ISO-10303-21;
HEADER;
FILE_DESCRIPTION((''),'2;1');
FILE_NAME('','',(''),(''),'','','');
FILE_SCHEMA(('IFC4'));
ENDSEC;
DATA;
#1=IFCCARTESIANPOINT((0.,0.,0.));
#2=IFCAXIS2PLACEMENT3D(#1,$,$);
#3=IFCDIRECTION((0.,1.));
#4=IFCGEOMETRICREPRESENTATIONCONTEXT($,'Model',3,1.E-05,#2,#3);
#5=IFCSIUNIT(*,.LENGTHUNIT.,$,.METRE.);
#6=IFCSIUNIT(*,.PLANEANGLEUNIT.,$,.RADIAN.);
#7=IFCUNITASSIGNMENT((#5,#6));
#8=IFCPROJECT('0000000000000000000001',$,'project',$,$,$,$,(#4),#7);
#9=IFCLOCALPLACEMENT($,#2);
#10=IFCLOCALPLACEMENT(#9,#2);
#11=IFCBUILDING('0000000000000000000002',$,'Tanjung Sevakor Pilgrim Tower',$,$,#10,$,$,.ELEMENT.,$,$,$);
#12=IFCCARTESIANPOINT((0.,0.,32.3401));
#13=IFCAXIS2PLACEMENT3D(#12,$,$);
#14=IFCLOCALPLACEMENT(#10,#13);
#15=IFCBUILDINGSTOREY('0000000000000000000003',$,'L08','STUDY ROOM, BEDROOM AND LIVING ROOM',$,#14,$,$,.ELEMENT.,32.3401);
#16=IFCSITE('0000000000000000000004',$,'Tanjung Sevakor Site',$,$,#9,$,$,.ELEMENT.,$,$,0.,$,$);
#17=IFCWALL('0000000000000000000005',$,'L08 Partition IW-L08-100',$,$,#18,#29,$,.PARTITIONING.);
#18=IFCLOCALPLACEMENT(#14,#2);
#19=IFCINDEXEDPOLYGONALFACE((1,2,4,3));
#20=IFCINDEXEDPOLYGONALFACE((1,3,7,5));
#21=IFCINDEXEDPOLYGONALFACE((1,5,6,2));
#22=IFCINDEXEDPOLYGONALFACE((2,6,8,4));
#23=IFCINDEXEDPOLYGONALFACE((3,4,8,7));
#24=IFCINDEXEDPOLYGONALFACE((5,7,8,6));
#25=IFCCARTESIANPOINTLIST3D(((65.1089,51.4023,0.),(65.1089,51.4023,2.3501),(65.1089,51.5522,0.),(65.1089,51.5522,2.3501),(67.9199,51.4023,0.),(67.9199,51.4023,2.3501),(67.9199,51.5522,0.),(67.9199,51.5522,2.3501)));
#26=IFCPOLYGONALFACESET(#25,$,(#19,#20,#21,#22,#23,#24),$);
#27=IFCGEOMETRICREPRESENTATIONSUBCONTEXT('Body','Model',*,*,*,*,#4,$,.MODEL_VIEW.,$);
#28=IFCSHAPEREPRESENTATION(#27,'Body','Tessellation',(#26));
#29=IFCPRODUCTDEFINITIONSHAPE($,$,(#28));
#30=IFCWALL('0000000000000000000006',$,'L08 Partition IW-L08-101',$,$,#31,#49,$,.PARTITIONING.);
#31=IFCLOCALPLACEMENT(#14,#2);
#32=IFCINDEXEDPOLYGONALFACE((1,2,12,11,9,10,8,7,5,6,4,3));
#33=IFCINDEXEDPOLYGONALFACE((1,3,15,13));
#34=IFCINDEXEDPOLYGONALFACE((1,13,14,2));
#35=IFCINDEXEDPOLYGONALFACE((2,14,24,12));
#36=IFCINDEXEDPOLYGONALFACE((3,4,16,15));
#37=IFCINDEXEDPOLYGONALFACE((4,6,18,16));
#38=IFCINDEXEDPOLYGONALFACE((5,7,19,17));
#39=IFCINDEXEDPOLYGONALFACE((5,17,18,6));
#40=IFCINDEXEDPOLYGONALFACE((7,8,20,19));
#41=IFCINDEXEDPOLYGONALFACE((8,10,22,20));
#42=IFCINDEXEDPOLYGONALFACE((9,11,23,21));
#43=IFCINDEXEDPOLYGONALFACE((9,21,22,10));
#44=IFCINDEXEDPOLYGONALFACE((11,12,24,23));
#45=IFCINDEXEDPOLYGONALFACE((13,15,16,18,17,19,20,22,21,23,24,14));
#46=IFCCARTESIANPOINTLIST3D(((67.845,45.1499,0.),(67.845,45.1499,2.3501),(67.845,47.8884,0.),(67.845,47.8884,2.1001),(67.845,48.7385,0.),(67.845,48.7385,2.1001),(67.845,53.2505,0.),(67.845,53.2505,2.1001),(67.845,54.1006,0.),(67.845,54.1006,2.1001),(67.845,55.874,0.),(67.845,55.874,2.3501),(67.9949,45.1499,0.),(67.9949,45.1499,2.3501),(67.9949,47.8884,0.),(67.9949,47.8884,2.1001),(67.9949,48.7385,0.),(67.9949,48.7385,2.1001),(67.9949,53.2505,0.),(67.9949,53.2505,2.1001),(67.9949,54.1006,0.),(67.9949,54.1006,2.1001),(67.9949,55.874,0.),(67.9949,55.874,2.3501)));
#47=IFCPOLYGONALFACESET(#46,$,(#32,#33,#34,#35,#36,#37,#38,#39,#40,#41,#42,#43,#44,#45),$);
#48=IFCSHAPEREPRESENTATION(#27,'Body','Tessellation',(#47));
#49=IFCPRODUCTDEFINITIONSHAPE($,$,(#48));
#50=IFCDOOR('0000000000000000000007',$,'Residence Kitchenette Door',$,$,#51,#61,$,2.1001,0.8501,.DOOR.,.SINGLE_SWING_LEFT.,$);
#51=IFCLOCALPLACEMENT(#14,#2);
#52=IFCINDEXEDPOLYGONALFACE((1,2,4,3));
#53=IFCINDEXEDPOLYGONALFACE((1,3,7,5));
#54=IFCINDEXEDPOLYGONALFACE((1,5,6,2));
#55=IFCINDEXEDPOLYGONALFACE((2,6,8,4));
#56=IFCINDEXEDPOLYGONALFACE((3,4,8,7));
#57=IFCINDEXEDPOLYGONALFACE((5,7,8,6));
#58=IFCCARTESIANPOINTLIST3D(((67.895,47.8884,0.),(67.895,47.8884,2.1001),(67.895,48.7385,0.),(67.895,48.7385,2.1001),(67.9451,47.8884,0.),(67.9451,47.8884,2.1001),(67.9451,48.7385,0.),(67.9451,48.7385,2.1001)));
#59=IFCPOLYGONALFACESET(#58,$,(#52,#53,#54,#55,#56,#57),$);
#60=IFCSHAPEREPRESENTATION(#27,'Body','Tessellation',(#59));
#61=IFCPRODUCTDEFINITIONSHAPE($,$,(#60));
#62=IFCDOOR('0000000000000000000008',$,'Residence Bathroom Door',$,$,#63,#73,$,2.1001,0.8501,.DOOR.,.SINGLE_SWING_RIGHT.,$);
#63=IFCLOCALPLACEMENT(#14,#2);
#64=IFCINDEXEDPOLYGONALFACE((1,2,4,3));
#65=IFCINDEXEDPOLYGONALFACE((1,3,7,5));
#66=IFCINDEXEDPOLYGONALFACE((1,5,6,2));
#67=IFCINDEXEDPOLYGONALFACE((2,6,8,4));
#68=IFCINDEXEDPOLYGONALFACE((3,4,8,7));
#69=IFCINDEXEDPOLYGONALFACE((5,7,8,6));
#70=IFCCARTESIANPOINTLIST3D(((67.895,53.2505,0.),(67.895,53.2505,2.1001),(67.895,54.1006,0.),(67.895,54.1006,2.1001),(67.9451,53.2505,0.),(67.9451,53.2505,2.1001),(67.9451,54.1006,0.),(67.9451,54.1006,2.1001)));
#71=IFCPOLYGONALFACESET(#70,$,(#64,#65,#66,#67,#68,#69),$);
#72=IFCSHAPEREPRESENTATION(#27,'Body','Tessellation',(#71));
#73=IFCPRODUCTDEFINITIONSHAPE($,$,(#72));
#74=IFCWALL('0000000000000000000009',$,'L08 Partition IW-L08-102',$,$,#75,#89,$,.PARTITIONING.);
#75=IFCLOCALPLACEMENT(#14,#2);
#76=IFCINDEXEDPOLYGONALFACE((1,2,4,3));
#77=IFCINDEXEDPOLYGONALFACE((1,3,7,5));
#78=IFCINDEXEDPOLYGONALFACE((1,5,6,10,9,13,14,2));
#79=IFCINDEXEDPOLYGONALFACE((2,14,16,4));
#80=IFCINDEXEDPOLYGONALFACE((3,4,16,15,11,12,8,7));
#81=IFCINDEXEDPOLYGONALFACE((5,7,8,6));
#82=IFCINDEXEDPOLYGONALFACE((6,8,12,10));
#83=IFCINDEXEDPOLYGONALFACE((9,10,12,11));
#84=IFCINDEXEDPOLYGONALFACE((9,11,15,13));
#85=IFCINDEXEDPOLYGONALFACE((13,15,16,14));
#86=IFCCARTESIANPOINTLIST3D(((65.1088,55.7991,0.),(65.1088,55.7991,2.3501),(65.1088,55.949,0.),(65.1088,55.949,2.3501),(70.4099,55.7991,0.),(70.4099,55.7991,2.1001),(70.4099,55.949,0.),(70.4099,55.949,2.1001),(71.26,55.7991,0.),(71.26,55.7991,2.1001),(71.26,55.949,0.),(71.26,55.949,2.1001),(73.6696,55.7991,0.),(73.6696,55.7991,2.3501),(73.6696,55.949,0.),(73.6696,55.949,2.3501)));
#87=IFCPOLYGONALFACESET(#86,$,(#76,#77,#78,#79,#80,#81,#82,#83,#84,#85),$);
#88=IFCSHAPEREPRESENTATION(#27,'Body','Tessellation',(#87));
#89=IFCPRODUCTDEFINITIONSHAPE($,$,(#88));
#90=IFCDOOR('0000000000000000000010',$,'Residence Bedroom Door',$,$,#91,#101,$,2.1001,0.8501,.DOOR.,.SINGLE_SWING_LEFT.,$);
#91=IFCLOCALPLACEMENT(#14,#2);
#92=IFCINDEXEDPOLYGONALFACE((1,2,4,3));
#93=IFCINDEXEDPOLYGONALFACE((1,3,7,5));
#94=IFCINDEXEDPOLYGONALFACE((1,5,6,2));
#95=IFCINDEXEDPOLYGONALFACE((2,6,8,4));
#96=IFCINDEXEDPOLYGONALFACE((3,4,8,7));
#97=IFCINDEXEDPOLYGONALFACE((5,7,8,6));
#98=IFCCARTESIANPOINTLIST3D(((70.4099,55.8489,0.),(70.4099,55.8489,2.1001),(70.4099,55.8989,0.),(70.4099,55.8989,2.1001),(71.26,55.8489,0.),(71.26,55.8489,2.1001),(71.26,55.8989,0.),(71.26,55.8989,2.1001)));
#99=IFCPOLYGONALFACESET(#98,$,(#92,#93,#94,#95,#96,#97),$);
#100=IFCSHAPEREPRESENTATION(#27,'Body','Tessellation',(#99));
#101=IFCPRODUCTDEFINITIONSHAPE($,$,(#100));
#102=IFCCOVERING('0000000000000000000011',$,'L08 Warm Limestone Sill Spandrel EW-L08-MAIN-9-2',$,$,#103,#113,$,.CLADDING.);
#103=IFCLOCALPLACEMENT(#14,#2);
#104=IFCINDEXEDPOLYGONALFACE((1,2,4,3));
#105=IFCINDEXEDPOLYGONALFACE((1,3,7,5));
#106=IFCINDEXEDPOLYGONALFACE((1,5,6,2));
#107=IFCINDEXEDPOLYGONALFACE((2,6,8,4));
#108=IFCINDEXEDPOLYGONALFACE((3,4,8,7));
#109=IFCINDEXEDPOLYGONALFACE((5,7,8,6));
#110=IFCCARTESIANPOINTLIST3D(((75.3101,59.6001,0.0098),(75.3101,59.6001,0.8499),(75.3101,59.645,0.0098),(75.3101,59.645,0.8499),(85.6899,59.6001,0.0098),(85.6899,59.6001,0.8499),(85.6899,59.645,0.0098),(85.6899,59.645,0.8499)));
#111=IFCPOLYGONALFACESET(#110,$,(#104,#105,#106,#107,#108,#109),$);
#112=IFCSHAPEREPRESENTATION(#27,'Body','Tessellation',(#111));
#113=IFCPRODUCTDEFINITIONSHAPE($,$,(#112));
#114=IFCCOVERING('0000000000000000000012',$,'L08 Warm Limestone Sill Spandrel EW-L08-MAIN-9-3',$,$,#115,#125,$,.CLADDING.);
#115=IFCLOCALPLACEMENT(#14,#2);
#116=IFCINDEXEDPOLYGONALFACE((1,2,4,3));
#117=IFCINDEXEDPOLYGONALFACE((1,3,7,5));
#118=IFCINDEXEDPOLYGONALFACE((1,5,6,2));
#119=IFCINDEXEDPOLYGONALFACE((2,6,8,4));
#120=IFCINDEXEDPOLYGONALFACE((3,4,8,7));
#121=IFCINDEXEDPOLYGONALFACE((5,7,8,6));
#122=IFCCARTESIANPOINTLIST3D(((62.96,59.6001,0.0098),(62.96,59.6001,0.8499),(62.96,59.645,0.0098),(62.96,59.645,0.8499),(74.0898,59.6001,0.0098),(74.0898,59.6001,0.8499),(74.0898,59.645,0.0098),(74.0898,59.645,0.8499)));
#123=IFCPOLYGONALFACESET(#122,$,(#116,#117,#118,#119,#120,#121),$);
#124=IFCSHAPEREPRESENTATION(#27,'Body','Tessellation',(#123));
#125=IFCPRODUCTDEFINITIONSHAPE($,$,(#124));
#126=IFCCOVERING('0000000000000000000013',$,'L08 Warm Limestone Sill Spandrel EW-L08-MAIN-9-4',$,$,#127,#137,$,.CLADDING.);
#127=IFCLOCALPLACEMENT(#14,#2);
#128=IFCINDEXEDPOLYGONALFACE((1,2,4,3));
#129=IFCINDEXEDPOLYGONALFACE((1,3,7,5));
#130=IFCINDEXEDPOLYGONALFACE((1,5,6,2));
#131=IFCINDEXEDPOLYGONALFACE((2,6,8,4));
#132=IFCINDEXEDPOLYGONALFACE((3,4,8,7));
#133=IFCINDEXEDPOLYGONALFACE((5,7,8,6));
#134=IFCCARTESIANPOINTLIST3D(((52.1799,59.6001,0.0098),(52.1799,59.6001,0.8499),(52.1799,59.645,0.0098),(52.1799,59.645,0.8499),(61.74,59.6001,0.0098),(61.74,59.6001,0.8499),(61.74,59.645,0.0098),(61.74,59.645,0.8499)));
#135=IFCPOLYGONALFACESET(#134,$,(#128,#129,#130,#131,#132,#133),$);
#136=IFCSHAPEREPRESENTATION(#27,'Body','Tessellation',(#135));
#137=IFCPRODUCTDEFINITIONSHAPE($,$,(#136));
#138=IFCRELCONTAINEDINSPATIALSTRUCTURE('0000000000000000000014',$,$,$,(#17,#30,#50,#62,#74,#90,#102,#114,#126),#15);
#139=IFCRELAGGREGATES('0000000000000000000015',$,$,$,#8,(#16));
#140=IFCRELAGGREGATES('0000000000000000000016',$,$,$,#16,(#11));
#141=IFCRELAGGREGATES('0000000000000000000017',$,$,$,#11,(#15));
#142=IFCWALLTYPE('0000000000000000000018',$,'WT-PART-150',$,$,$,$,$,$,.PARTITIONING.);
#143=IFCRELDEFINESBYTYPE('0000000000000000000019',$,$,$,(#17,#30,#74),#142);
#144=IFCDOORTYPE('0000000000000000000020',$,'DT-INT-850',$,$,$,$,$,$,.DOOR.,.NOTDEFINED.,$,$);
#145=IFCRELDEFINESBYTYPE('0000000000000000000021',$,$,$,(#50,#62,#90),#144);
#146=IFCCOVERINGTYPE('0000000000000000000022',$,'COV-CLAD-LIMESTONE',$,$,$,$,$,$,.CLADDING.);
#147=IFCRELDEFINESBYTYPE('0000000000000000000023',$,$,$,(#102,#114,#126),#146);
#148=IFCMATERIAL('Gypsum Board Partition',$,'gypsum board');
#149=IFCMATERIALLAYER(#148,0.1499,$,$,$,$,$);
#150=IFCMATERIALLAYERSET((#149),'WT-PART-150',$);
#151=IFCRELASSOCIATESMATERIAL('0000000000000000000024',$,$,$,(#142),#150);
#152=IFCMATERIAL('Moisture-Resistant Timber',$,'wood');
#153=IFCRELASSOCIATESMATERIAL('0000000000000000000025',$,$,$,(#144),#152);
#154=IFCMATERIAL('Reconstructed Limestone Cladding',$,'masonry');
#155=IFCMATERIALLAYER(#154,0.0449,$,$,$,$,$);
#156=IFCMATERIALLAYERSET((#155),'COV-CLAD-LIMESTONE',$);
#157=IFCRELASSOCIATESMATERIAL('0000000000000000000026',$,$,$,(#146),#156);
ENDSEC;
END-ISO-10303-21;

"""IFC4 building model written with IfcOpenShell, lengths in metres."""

from ifc_helpers import new_model, si_unit, direction, frame, frame_2d, origin, origin_2d, place, context, subcontext, project, spatial, rectangle, extrude, material, layer, layer_set, type_object, element, fill, save


model = new_model("IFC4")

# Units and contexts
model_context = context("Model", 3, precision=1e-05, world=origin(), true_north=direction((0.0, 1.0)))
body_context = subcontext(model_context, "Body", "Model", "MODEL_VIEW")
ifc_project = project(units=[si_unit("LENGTHUNIT", "METRE"), si_unit("PLANEANGLEUNIT", "RADIAN")], contexts=[model_context])

# Site, building, storey
site_placement = place(None, origin())
site = spatial("IfcSite", under=ifc_project, at=site_placement, Name="Tanjung Sevakor Site", CompositionType="ELEMENT", RefElevation=0.0)
building_placement = place(site_placement, origin())
building = spatial("IfcBuilding", under=site, at=building_placement, Name="Tanjung Sevakor Pilgrim Tower", CompositionType="ELEMENT")
storey_placement = place(building_placement, frame((0.0, 0.0, 32.3401)))
storey = spatial("IfcBuildingStorey", under=building, at=storey_placement, Name="L08", Description="STUDY ROOM, BEDROOM AND LIVING ROOM", CompositionType="ELEMENT", Elevation=32.3401)

# Wall
ifc_material_1 = material(Name="Gypsum Board Partition", Category="gypsum board")
ifc_layer_1 = layer(ifc_material_1, 0.1499)
ifc_layer_set_1 = layer_set([ifc_layer_1], Name="WT-PART-150")
wall_type_1 = type_object("IfcWallType", Name="WT-PART-150", PredefinedType="PARTITIONING", material=ifc_layer_set_1)
wall_1_placement = place(storey_placement, frame((65.1089, 51.4773, 0.0), z_axis=(0.0, 0.0, 1.0), x_axis=(1.0, 0.0, 0.0)))
element("IfcWall", 1, at=wall_1_placement, inside=storey, type_object=wall_type_1, Name="L08 Partition IW-L08-100", PredefinedType="PARTITIONING", context=body_context, shape_type="SweptSolid", body=[
    extrude(rectangle(XDim=2.811, YDim=0.1499, at=frame_2d((1.4055, 0.0))), origin(), (0.0, 0.0, 1.0), 2.3501),
])

# Wall, openings, doors
wall_2_placement = place(storey_placement, frame((67.9199, 45.1499, 0.0), z_axis=(0.0, 0.0, 1.0), x_axis=(0.0, 1.0, 0.0)))
wall_2 = element("IfcWall", 2, at=wall_2_placement, inside=storey, type_object=wall_type_1, Name="L08 Partition IW-L08-101", PredefinedType="PARTITIONING", context=body_context, shape_type="SweptSolid", body=[
    extrude(rectangle(XDim=10.7241, YDim=0.1499, at=frame_2d((5.3621, 0.0))), origin(), (0.0, 0.0, 1.0), 2.3501),
])
opening_1_placement = place(wall_2_placement, frame((2.7385, 0.0, 0.0)))
opening_1 = element("IfcOpeningElement", 3, at=opening_1_placement, cuts=wall_2, PredefinedType="OPENING", context=body_context, shape_type="SweptSolid", body=[
    extrude(rectangle(XDim=0.8501, YDim=2.1001, at=frame_2d((0.425, 1.05))), frame((0.0, 0.085, 0.0), z_axis=(0.0, -1.0, 0.0), x_axis=(1.0, 0.0, 0.0)), (0.0, 0.0, 1.0), 0.1699),
])
opening_2_placement = place(wall_2_placement, frame((8.1006, 0.0, 0.0)))
opening_2 = element("IfcOpeningElement", 4, at=opening_2_placement, cuts=wall_2, PredefinedType="OPENING", context=body_context, shape_type="SweptSolid", body=[
    extrude(rectangle(XDim=0.8501, YDim=2.1001, at=frame_2d((0.425, 1.05))), frame((0.0, 0.085, 0.0), z_axis=(0.0, -1.0, 0.0), x_axis=(1.0, 0.0, 0.0)), (0.0, 0.0, 1.0), 0.1699),
])
ifc_material_2 = material(Name="Moisture-Resistant Timber", Category="wood")
door_type_1 = type_object("IfcDoorType", Name="DT-INT-850", OperationType="NOTDEFINED", PredefinedType="DOOR", material=ifc_material_2)
door_1_placement = place(opening_1_placement, origin())
door_1 = element("IfcDoor", 5, at=door_1_placement, inside=storey, type_object=door_type_1, Name="Residence Kitchenette Door", OperationType="SINGLE_SWING_LEFT", OverallHeight=2.1001, OverallWidth=0.8501, PredefinedType="DOOR", context=body_context, shape_type="SweptSolid", body=[
    extrude(rectangle(XDim=0.8501, YDim=2.1001, at=frame_2d((0.425, 1.05))), frame((0.0, 0.0249, 0.0), z_axis=(0.0, -1.0, 0.0), x_axis=(1.0, 0.0, 0.0)), (0.0, 0.0, 1.0), 0.05),
])
fill(opening_1, door_1)
door_2_placement = place(opening_2_placement, origin())
door_2 = element("IfcDoor", 6, at=door_2_placement, inside=storey, type_object=door_type_1, Name="Residence Bathroom Door", OperationType="SINGLE_SWING_RIGHT", OverallHeight=2.1001, OverallWidth=0.8501, PredefinedType="DOOR", context=body_context, shape_type="SweptSolid", body=[
    extrude(rectangle(XDim=0.8501, YDim=2.1001, at=frame_2d((0.425, 1.05))), frame((0.0, 0.0249, 0.0), z_axis=(0.0, -1.0, 0.0), x_axis=(1.0, 0.0, 0.0)), (0.0, 0.0, 1.0), 0.05),
])
fill(opening_2, door_2)

# Wall, opening, door
wall_3_placement = place(storey_placement, frame((65.1089, 55.874, 0.0), z_axis=(0.0, 0.0, 1.0), x_axis=(1.0, 0.0, 0.0)))
wall_3 = element("IfcWall", 7, at=wall_3_placement, inside=storey, type_object=wall_type_1, Name="L08 Partition IW-L08-102", PredefinedType="PARTITIONING", context=body_context, shape_type="SweptSolid", body=[
    extrude(rectangle(XDim=8.5608, YDim=0.1499, at=frame_2d((4.2803, 0.0))), origin(), (0.0, 0.0, 1.0), 2.3501),
])
opening_3_placement = place(wall_3_placement, frame((5.301, 0.0, 0.0)))
opening_3 = element("IfcOpeningElement", 8, at=opening_3_placement, cuts=wall_3, PredefinedType="OPENING", context=body_context, shape_type="SweptSolid", body=[
    extrude(rectangle(XDim=0.8501, YDim=2.1001, at=frame_2d((0.425, 1.05))), frame((0.0, 0.085, 0.0), z_axis=(0.0, -1.0, 0.0), x_axis=(1.0, 0.0, 0.0)), (0.0, 0.0, 1.0), 0.1699),
])
door_3_placement = place(opening_3_placement, origin())
door_3 = element("IfcDoor", 9, at=door_3_placement, inside=storey, type_object=door_type_1, Name="Residence Bedroom Door", OperationType="SINGLE_SWING_LEFT", OverallHeight=2.1001, OverallWidth=0.8501, PredefinedType="DOOR", context=body_context, shape_type="SweptSolid", body=[
    extrude(rectangle(XDim=0.8501, YDim=2.1001, at=frame_2d((0.425, 1.05))), frame((0.0, 0.0249, 0.0), z_axis=(0.0, -1.0, 0.0), x_axis=(1.0, 0.0, 0.0)), (0.0, 0.0, 1.0), 0.05),
])
fill(opening_3, door_3)

# Coverings
ifc_material_3 = material(Name="Reconstructed Limestone Cladding", Category="masonry")
ifc_layer_2 = layer(ifc_material_3, 0.0449)
ifc_layer_set_2 = layer_set([ifc_layer_2], Name="COV-CLAD-LIMESTONE")
covering_type = type_object("IfcCoveringType", Name="COV-CLAD-LIMESTONE", PredefinedType="CLADDING", material=ifc_layer_set_2)
covering_1_placement = place(storey_placement, frame((80.5, 59.6226, 0.0098), z_axis=(0.0, 0.0, 1.0), x_axis=(-1.0, 0.0, 0.0)))
element("IfcCovering", 10, at=covering_1_placement, inside=storey, type_object=covering_type, Name="L08 Warm Limestone Sill Spandrel EW-L08-MAIN-9-2", PredefinedType="CLADDING", context=body_context, shape_type="SweptSolid", body=[
    extrude(rectangle(XDim=10.3799, YDim=0.0449, at=origin_2d()), origin(), (0.0, 0.0, 1.0), 0.8401),
])
covering_2_placement = place(storey_placement, frame((68.5249, 59.6226, 0.0098), z_axis=(0.0, 0.0, 1.0), x_axis=(-1.0, 0.0, 0.0)))
element("IfcCovering", 11, at=covering_2_placement, inside=storey, type_object=covering_type, Name="L08 Warm Limestone Sill Spandrel EW-L08-MAIN-9-3", PredefinedType="CLADDING", context=body_context, shape_type="SweptSolid", body=[
    extrude(rectangle(XDim=11.1299, YDim=0.0449, at=origin_2d()), origin(), (0.0, 0.0, 1.0), 0.8401),
])
covering_3_placement = place(storey_placement, frame((56.96, 59.6226, 0.0098), z_axis=(0.0, 0.0, 1.0), x_axis=(-1.0, 0.0, 0.0)))
element("IfcCovering", 12, at=covering_3_placement, inside=storey, type_object=covering_type, Name="L08 Warm Limestone Sill Spandrel EW-L08-MAIN-9-4", PredefinedType="CLADDING", context=body_context, shape_type="SweptSolid", body=[
    extrude(rectangle(XDim=9.5601, YDim=0.0449, at=origin_2d()), origin(), (0.0, 0.0, 1.0), 0.8401),
])

save(model, "model.ifc")
